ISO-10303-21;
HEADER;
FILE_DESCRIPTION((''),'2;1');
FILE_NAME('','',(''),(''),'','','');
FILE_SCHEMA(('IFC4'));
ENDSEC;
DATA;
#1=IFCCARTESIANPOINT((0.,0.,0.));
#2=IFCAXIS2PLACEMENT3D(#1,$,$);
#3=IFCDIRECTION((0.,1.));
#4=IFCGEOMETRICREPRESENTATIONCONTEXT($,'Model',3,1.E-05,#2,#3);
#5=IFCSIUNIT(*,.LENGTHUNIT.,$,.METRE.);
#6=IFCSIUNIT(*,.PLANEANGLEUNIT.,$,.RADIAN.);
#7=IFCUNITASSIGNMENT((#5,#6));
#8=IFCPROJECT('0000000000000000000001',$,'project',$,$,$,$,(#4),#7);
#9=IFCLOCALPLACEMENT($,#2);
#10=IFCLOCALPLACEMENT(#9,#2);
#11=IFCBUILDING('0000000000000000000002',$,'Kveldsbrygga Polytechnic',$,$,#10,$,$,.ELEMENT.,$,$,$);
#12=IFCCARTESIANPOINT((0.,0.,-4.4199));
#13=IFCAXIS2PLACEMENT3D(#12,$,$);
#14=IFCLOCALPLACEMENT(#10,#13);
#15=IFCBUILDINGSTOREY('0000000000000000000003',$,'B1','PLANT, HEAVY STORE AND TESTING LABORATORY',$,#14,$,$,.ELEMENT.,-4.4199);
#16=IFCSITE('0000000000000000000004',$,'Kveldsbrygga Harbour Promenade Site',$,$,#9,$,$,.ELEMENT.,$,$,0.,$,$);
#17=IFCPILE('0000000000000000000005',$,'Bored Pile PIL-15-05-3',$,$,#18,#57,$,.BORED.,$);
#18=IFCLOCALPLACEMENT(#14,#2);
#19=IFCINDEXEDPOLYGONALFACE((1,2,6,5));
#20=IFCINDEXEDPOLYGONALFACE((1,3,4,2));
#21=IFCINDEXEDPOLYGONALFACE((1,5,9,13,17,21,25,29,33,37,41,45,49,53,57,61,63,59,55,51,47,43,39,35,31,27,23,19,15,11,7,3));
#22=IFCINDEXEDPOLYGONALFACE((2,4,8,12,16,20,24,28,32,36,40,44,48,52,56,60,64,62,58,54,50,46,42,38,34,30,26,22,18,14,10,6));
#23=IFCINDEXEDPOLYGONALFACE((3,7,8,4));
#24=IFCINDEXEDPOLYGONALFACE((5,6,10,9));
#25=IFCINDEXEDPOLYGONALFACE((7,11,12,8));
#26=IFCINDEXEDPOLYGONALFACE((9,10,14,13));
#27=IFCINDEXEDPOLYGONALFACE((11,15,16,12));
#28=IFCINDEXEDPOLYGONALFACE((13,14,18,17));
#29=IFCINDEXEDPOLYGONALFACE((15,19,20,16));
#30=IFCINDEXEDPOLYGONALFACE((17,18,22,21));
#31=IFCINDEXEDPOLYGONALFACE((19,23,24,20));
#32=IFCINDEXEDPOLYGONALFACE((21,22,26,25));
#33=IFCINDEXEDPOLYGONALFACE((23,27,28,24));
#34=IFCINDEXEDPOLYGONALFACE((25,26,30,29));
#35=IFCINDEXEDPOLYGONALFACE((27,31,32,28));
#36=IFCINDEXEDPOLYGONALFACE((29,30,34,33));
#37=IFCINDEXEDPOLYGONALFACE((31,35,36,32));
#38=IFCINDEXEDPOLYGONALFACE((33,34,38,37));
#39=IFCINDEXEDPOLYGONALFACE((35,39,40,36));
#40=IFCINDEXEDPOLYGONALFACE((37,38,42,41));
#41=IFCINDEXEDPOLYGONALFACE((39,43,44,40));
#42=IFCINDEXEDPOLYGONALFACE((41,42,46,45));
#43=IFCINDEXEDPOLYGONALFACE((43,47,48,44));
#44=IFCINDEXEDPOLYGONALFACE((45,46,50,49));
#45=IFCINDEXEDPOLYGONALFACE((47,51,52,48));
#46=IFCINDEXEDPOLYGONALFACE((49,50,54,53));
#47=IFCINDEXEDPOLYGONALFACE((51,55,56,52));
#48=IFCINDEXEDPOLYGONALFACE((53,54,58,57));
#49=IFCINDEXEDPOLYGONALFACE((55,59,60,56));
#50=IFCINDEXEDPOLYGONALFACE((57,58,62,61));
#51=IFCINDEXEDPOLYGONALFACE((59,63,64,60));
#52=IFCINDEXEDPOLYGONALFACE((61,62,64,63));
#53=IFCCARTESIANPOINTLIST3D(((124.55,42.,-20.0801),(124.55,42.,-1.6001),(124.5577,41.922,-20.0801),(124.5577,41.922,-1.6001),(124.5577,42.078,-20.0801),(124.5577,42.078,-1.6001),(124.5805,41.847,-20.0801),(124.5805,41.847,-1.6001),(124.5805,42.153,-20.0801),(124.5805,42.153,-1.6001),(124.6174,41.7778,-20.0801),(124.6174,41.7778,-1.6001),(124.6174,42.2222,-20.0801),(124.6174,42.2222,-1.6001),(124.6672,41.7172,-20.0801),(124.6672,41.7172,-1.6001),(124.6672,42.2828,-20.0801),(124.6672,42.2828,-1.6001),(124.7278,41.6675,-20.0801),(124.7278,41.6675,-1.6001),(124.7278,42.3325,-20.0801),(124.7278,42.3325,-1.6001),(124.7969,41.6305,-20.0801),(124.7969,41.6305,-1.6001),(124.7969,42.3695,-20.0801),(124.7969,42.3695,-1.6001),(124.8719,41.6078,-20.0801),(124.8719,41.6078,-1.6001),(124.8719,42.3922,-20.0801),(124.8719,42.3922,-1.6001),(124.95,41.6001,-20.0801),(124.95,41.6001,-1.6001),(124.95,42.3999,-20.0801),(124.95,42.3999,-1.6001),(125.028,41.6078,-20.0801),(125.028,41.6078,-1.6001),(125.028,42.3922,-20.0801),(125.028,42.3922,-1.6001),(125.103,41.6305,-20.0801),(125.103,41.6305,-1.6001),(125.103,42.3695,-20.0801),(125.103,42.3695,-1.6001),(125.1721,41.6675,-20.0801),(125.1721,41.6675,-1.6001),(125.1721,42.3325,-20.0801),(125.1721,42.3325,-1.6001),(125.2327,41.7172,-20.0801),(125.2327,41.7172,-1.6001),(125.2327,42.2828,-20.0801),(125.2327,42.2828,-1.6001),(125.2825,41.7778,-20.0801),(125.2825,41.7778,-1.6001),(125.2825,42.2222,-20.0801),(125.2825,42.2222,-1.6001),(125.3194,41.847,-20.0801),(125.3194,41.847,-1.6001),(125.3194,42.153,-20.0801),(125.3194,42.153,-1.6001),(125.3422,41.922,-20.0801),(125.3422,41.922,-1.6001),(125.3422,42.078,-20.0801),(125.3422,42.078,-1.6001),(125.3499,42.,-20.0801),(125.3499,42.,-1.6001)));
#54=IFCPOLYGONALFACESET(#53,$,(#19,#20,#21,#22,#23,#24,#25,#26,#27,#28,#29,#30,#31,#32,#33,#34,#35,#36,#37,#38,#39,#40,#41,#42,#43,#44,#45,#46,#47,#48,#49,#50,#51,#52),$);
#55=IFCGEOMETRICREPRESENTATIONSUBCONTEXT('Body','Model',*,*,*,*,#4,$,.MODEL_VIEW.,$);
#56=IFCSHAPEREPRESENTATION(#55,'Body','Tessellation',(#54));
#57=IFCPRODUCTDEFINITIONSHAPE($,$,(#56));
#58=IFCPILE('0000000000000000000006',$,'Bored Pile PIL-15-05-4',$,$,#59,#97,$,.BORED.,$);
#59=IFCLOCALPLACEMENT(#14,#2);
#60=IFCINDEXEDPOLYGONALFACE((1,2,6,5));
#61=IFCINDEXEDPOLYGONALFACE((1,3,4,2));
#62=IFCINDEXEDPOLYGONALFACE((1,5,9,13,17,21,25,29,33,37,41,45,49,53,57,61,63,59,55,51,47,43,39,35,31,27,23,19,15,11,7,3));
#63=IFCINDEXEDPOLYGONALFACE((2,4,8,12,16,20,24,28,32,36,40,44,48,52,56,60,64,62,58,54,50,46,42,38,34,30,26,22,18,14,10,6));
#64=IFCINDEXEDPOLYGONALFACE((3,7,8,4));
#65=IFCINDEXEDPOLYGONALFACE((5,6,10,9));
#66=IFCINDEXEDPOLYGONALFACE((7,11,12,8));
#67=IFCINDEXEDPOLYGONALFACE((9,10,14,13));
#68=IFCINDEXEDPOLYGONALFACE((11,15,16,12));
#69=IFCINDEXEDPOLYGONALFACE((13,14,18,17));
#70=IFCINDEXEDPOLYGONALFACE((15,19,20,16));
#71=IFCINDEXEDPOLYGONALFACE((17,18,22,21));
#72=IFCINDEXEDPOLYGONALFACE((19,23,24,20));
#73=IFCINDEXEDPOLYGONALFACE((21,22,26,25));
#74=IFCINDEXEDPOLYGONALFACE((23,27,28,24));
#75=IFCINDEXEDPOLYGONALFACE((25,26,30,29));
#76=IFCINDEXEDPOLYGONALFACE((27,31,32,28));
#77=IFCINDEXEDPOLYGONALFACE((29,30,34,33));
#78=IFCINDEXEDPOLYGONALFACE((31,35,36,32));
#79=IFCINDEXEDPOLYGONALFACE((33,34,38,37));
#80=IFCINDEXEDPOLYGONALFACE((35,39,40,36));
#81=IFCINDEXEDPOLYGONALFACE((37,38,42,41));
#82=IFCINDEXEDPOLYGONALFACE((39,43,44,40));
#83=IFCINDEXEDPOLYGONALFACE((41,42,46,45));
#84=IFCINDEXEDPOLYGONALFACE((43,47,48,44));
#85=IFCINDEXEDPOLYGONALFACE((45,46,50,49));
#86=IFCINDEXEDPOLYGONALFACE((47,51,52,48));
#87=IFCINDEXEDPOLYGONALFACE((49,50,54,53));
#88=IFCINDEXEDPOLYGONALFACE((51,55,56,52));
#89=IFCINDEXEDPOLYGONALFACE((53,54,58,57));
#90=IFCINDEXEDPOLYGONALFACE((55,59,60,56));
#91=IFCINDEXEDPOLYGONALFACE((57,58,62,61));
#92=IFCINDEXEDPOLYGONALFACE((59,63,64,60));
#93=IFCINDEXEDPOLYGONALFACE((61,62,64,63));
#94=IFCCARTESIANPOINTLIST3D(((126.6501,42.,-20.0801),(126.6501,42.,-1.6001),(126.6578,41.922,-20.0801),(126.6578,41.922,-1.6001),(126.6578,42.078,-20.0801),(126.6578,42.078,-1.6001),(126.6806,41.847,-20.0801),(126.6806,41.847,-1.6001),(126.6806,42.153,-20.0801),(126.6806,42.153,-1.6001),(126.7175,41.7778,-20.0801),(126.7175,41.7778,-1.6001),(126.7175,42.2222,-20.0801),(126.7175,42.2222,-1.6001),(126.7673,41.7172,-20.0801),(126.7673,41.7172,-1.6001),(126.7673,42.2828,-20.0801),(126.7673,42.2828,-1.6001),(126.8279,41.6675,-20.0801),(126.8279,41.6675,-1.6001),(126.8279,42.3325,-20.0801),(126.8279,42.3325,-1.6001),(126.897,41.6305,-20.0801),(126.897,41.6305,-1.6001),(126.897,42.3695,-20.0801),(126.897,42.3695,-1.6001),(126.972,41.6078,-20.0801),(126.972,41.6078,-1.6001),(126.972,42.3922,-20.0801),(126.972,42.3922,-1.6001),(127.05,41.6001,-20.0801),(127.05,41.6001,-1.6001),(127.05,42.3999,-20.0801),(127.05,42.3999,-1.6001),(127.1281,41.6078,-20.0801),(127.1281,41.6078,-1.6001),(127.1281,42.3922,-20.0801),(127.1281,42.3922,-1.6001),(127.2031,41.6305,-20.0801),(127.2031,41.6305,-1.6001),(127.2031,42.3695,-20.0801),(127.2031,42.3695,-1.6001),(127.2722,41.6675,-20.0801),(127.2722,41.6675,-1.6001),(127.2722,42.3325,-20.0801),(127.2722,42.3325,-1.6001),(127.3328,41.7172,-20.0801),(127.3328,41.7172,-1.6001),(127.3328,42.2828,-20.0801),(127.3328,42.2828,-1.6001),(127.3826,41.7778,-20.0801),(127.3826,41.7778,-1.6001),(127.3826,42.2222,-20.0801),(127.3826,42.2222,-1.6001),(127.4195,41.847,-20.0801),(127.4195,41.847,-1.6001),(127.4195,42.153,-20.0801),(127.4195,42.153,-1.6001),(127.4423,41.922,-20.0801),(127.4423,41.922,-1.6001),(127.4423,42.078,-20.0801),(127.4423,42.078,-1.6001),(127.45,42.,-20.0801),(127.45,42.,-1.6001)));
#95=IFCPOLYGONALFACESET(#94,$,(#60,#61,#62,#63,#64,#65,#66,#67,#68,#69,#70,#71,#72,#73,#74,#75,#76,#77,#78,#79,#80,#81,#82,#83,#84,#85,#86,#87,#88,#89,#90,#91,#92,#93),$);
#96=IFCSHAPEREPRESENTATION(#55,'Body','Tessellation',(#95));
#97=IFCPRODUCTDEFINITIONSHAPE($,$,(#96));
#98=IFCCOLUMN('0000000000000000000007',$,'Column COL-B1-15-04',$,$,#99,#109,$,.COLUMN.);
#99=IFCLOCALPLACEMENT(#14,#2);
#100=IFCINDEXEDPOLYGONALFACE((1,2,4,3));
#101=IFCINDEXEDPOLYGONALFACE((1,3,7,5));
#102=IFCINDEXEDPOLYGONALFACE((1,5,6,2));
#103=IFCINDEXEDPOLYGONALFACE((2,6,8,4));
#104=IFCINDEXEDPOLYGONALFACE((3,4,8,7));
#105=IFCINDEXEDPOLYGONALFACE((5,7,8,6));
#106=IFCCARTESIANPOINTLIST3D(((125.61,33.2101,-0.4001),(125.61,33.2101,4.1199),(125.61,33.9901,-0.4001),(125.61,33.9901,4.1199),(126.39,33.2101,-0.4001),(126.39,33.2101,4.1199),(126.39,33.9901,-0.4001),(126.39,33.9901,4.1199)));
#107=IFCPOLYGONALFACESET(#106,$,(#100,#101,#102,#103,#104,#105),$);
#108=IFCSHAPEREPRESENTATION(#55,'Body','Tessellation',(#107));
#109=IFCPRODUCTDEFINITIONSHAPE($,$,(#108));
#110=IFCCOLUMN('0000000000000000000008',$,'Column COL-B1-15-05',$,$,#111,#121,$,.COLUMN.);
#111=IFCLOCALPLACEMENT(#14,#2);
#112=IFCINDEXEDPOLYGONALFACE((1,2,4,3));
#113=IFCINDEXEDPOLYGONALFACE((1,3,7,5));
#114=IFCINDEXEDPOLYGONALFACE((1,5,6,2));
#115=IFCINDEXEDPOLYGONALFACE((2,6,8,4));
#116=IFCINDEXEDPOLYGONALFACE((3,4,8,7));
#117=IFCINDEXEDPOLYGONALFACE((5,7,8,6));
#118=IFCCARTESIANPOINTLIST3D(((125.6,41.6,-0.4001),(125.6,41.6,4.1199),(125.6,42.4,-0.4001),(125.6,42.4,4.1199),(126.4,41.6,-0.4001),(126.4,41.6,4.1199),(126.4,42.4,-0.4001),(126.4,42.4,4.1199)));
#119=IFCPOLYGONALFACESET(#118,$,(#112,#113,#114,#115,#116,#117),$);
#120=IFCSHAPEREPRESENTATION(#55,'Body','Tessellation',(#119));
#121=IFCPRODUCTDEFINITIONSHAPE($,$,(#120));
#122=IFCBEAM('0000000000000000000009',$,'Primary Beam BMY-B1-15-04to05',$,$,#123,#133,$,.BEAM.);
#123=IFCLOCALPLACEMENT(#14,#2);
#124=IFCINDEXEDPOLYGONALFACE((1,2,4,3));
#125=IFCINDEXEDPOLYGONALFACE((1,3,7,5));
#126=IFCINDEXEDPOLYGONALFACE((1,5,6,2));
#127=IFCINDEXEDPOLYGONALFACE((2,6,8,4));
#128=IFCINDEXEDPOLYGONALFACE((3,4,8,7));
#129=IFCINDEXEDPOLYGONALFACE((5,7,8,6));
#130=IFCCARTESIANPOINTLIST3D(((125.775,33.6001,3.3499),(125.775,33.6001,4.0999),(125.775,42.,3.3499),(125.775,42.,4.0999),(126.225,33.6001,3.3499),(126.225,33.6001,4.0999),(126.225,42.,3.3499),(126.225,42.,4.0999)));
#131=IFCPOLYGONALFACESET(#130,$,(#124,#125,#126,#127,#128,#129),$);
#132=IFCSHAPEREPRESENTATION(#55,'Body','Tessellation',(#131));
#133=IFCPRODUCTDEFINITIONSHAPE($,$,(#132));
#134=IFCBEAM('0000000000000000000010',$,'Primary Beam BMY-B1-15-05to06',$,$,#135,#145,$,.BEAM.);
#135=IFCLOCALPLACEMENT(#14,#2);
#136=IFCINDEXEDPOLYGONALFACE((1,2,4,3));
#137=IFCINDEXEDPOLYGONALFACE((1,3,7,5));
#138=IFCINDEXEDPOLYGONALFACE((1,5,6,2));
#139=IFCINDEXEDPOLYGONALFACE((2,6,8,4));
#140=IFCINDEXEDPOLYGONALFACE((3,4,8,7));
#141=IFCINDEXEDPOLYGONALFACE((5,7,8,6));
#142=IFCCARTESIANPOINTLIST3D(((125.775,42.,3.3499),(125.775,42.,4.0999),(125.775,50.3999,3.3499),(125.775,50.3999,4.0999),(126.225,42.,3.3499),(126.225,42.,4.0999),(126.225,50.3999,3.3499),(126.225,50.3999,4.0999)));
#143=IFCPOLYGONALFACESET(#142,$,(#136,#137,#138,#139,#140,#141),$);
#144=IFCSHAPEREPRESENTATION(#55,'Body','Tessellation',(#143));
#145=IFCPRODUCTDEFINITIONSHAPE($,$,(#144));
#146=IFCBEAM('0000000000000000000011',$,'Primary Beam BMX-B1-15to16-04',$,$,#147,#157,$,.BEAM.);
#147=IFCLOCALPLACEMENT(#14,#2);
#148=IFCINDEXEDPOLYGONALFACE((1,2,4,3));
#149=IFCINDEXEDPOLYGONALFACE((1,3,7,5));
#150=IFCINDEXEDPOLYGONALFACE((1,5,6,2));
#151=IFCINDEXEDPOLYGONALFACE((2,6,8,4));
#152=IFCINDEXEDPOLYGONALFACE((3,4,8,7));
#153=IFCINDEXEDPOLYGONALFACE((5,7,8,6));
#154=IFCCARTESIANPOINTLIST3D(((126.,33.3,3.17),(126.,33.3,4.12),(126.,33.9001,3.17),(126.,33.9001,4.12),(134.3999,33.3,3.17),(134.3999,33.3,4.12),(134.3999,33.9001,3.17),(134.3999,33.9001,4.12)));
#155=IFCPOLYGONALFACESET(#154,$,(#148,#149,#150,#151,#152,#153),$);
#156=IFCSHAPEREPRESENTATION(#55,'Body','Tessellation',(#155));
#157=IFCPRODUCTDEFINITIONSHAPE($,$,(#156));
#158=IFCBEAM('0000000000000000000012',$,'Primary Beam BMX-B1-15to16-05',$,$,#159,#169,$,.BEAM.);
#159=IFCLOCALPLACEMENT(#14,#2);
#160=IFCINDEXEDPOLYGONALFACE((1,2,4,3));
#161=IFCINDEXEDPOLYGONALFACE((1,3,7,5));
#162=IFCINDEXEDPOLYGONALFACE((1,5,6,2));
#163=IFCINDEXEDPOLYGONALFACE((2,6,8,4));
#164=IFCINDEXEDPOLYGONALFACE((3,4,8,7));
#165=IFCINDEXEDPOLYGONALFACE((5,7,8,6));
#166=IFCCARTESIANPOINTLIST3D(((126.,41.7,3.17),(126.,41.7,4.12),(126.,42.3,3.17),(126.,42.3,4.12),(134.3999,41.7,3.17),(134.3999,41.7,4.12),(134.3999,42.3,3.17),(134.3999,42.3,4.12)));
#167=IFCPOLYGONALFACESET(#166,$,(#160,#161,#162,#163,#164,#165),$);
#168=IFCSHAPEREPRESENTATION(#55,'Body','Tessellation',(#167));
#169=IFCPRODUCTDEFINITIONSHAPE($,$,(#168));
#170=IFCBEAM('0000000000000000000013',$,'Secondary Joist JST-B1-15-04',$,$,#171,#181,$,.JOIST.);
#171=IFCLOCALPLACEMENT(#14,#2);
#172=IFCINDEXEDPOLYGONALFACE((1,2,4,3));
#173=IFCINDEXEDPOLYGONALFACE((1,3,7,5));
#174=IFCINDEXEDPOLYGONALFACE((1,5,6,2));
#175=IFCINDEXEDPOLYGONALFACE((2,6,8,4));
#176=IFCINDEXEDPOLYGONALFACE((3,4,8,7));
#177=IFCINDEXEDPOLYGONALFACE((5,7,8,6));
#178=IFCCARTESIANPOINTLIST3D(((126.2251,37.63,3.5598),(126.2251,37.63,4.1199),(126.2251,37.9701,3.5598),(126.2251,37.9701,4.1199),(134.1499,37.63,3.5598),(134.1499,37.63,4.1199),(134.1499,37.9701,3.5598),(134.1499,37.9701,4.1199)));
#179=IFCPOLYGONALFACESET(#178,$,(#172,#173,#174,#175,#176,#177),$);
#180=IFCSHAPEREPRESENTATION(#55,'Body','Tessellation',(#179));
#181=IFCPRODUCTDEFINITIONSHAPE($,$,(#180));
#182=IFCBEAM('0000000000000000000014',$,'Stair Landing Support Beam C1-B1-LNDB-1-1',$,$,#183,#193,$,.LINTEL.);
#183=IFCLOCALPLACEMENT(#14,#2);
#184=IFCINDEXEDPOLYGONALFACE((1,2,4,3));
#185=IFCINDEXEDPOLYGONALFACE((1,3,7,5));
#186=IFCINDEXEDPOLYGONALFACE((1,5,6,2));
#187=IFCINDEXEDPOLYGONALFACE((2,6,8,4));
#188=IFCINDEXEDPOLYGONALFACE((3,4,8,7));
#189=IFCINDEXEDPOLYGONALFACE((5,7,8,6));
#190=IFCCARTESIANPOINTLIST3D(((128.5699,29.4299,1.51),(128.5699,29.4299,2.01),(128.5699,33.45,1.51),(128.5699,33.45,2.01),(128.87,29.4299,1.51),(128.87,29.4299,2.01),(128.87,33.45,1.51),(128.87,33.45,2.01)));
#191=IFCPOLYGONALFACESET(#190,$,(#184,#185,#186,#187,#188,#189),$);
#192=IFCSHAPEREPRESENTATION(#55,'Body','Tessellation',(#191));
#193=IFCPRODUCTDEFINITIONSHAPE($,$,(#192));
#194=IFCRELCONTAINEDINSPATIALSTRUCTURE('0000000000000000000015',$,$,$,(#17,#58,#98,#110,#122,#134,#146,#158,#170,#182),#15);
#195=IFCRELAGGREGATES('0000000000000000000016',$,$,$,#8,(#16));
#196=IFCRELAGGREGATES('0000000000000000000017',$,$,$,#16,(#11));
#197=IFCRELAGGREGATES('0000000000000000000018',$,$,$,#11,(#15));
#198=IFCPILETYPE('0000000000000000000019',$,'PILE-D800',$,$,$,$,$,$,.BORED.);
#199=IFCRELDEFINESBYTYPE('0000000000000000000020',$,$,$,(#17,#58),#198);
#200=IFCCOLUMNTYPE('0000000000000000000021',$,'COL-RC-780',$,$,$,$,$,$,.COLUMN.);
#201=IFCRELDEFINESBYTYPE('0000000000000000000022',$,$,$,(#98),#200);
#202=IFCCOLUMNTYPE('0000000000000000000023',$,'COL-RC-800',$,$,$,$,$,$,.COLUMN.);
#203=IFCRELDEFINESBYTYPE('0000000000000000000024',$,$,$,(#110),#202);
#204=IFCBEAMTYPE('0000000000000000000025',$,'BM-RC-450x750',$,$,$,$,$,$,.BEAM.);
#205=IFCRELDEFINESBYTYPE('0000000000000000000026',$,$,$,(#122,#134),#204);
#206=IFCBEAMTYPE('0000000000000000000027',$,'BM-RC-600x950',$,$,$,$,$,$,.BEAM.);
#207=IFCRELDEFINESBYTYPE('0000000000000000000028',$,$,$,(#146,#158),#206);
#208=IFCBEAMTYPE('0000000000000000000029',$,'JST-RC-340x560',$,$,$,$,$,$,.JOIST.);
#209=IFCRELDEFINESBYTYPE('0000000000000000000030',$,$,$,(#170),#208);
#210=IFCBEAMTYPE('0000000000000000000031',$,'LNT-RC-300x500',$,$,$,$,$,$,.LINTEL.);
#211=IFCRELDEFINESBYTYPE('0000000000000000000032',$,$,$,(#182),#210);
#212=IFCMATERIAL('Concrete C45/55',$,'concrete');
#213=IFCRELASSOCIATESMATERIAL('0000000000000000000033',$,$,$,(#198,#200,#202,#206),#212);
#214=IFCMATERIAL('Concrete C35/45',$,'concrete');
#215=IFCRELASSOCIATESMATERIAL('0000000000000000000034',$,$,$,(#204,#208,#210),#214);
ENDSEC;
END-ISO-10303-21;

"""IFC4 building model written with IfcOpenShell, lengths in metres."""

from ifc_helpers import new_model, si_unit, direction, frame, origin, origin_2d, place, context, subcontext, project, spatial, rectangle, circle, extrude, material, material_profile, profile_set, type_object, element, save


model = new_model("IFC4")

# Units and contexts
model_context = context("Model", 3, precision=1e-05, world=origin(), true_north=direction((0.0, 1.0)))
body_context = subcontext(model_context, "Body", "Model", "MODEL_VIEW")
ifc_project = project(units=[si_unit("LENGTHUNIT", "METRE"), si_unit("PLANEANGLEUNIT", "RADIAN")], contexts=[model_context])

# Site, building, storey
site_placement = place(None, origin())
site = spatial("IfcSite", under=ifc_project, at=site_placement, Name="Kveldsbrygga Harbour Promenade Site", CompositionType="ELEMENT", RefElevation=0.0)
building_placement = place(site_placement, origin())
building = spatial("IfcBuilding", under=site, at=building_placement, Name="Kveldsbrygga Polytechnic", CompositionType="ELEMENT")
storey_placement = place(building_placement, frame((0.0, 0.0, -4.4199)))
storey = spatial("IfcBuildingStorey", under=building, at=storey_placement, Name="B1", Description="PLANT, HEAVY STORE AND TESTING LABORATORY", CompositionType="ELEMENT", Elevation=-4.4199)

# Shared definitions
ifc_material_1 = material(Name="Concrete C45/55", Category="concrete")

# Piles
ifc_material_profile_1 = material_profile(ifc_material_1, circle(Radius=0.3999, at=origin_2d()), Name="PILE D800")
ifc_profile_set_1 = profile_set([ifc_material_profile_1], Name="Concrete C45/55")
pile_type = type_object("IfcPileType", Name="PILE-D800", PredefinedType="BORED", material=ifc_profile_set_1)
for number, where, z_axis, x_axis, name in (
    (1, (124.95, 42.0, -1.6001), (0.0, 0.0, -1.0), (1.0, 0.0, 0.0), "Bored Pile PIL-15-05-3"),
    (2, (127.05, 42.0, -1.6001), (0.0, 0.0, -1.0), (1.0, 0.0, 0.0), "Bored Pile PIL-15-05-4"),
):
    element("IfcPile", number, at=place(storey_placement, frame(where, z_axis=z_axis, x_axis=x_axis)), inside=storey, type_object=pile_type, Name=name, PredefinedType="BORED", context=body_context, shape_type="SweptSolid", body=[
        extrude(circle(Radius=0.3999, at=origin_2d()), origin(), (0.0, 0.0, 1.0), 18.48),
    ])

# Columns
ifc_material_profile_2 = material_profile(ifc_material_1, rectangle(XDim=0.78, YDim=0.78, at=origin_2d()), Name="RC 780x780")
ifc_profile_set_2 = profile_set([ifc_material_profile_2], Name="Concrete C45/55")
column_type_1 = type_object("IfcColumnType", Name="COL-RC-780", PredefinedType="COLUMN", material=ifc_profile_set_2)
column_1_placement = place(storey_placement, frame((126.0, 33.6001, -0.4001), z_axis=(0.0, 0.0, 1.0), x_axis=(1.0, 0.0, 0.0)))
element("IfcColumn", 3, at=column_1_placement, inside=storey, type_object=column_type_1, Name="Column COL-B1-15-04", PredefinedType="COLUMN", context=body_context, shape_type="SweptSolid", body=[
    extrude(rectangle(XDim=0.78, YDim=0.78, at=origin_2d()), origin(), (0.0, 0.0, 1.0), 4.52),
])
ifc_material_profile_3 = material_profile(ifc_material_1, rectangle(XDim=0.8, YDim=0.8, at=origin_2d()), Name="RC 800x800")
ifc_profile_set_3 = profile_set([ifc_material_profile_3], Name="Concrete C45/55")
column_type_2 = type_object("IfcColumnType", Name="COL-RC-800", PredefinedType="COLUMN", material=ifc_profile_set_3)
column_2_placement = place(storey_placement, frame((126.0, 42.0, -0.4001), z_axis=(0.0, 0.0, 1.0), x_axis=(1.0, 0.0, 0.0)))
element("IfcColumn", 4, at=column_2_placement, inside=storey, type_object=column_type_2, Name="Column COL-B1-15-05", PredefinedType="COLUMN", context=body_context, shape_type="SweptSolid", body=[
    extrude(rectangle(XDim=0.8, YDim=0.8, at=origin_2d()), origin(), (0.0, 0.0, 1.0), 4.52),
])

# Beams
ifc_material_2 = material(Name="Concrete C35/45", Category="concrete")
ifc_material_profile_4 = material_profile(ifc_material_2, rectangle(XDim=0.45, YDim=0.75, at=origin_2d()), Name="RC 450x750")
ifc_profile_set_4 = profile_set([ifc_material_profile_4], Name="Concrete C35/45")
beam_type_1 = type_object("IfcBeamType", Name="BM-RC-450x750", PredefinedType="BEAM", material=ifc_profile_set_4)
for number, where, z_axis, x_axis, name in (
    (5, (126.0, 33.6001, 3.7249), (0.0, 1.0, 0.0), (-1.0, 0.0, 0.0), "Primary Beam BMY-B1-15-04to05"),
    (6, (126.0, 42.0, 3.7249), (0.0, 1.0, 0.0), (-1.0, 0.0, 0.0), "Primary Beam BMY-B1-15-05to06"),
):
    element("IfcBeam", number, at=place(storey_placement, frame(where, z_axis=z_axis, x_axis=x_axis)), inside=storey, type_object=beam_type_1, Name=name, PredefinedType="BEAM", context=body_context, shape_type="SweptSolid", body=[
        extrude(rectangle(XDim=0.45, YDim=0.75, at=origin_2d()), origin(), (0.0, 0.0, 1.0), 8.3999),
    ])
ifc_material_profile_5 = material_profile(ifc_material_1, rectangle(XDim=0.6001, YDim=0.95, at=origin_2d()), Name="RC 600x950")
ifc_profile_set_5 = profile_set([ifc_material_profile_5], Name="Concrete C45/55")
beam_type_2 = type_object("IfcBeamType", Name="BM-RC-600x950", PredefinedType="BEAM", material=ifc_profile_set_5)
for number, where, z_axis, x_axis, name in (
    (7, (126.0, 33.6001, 3.645), (1.0, 0.0, 0.0), (0.0, 1.0, 0.0), "Primary Beam BMX-B1-15to16-04"),
    (8, (126.0, 42.0, 3.645), (1.0, 0.0, 0.0), (0.0, 1.0, 0.0), "Primary Beam BMX-B1-15to16-05"),
):
    element("IfcBeam", number, at=place(storey_placement, frame(where, z_axis=z_axis, x_axis=x_axis)), inside=storey, type_object=beam_type_2, Name=name, PredefinedType="BEAM", context=body_context, shape_type="SweptSolid", body=[
        extrude(rectangle(XDim=0.6001, YDim=0.95, at=origin_2d()), origin(), (0.0, 0.0, 1.0), 8.3999),
    ])
ifc_material_profile_6 = material_profile(ifc_material_2, rectangle(XDim=0.3401, YDim=0.5601, at=origin_2d()), Name="RC 340x560")
ifc_profile_set_6 = profile_set([ifc_material_profile_6], Name="Concrete C35/45")
beam_type_3 = type_object("IfcBeamType", Name="JST-RC-340x560", PredefinedType="JOIST", material=ifc_profile_set_6)
beam_1_placement = place(storey_placement, frame((126.2251, 37.8, 3.8398), z_axis=(1.0, 0.0, 0.0), x_axis=(0.0, 1.0, 0.0)))
element("IfcBeam", 9, at=beam_1_placement, inside=storey, type_object=beam_type_3, Name="Secondary Joist JST-B1-15-04", PredefinedType="JOIST", context=body_context, shape_type="SweptSolid", body=[
    extrude(rectangle(XDim=0.3401, YDim=0.5601, at=origin_2d()), origin(), (0.0, 0.0, 1.0), 7.9248),
])
ifc_material_profile_7 = material_profile(ifc_material_2, rectangle(XDim=0.3, YDim=0.5, at=origin_2d()), Name="RC 300x500")
ifc_profile_set_7 = profile_set([ifc_material_profile_7], Name="Concrete C35/45")
beam_type_4 = type_object("IfcBeamType", Name="LNT-RC-300x500", PredefinedType="LINTEL", material=ifc_profile_set_7)
beam_2_placement = place(storey_placement, frame((128.72, 29.4299, 1.76), z_axis=(0.0, 1.0, 0.0), x_axis=(-1.0, 0.0, 0.0)))
element("IfcBeam", 10, at=beam_2_placement, inside=storey, type_object=beam_type_4, Name="Stair Landing Support Beam C1-B1-LNDB-1-1", PredefinedType="LINTEL", context=body_context, shape_type="SweptSolid", body=[
    extrude(rectangle(XDim=0.3, YDim=0.5, at=origin_2d()), origin(), (0.0, 0.0, 1.0), 4.02),
])

save(model, "model.ifc")
